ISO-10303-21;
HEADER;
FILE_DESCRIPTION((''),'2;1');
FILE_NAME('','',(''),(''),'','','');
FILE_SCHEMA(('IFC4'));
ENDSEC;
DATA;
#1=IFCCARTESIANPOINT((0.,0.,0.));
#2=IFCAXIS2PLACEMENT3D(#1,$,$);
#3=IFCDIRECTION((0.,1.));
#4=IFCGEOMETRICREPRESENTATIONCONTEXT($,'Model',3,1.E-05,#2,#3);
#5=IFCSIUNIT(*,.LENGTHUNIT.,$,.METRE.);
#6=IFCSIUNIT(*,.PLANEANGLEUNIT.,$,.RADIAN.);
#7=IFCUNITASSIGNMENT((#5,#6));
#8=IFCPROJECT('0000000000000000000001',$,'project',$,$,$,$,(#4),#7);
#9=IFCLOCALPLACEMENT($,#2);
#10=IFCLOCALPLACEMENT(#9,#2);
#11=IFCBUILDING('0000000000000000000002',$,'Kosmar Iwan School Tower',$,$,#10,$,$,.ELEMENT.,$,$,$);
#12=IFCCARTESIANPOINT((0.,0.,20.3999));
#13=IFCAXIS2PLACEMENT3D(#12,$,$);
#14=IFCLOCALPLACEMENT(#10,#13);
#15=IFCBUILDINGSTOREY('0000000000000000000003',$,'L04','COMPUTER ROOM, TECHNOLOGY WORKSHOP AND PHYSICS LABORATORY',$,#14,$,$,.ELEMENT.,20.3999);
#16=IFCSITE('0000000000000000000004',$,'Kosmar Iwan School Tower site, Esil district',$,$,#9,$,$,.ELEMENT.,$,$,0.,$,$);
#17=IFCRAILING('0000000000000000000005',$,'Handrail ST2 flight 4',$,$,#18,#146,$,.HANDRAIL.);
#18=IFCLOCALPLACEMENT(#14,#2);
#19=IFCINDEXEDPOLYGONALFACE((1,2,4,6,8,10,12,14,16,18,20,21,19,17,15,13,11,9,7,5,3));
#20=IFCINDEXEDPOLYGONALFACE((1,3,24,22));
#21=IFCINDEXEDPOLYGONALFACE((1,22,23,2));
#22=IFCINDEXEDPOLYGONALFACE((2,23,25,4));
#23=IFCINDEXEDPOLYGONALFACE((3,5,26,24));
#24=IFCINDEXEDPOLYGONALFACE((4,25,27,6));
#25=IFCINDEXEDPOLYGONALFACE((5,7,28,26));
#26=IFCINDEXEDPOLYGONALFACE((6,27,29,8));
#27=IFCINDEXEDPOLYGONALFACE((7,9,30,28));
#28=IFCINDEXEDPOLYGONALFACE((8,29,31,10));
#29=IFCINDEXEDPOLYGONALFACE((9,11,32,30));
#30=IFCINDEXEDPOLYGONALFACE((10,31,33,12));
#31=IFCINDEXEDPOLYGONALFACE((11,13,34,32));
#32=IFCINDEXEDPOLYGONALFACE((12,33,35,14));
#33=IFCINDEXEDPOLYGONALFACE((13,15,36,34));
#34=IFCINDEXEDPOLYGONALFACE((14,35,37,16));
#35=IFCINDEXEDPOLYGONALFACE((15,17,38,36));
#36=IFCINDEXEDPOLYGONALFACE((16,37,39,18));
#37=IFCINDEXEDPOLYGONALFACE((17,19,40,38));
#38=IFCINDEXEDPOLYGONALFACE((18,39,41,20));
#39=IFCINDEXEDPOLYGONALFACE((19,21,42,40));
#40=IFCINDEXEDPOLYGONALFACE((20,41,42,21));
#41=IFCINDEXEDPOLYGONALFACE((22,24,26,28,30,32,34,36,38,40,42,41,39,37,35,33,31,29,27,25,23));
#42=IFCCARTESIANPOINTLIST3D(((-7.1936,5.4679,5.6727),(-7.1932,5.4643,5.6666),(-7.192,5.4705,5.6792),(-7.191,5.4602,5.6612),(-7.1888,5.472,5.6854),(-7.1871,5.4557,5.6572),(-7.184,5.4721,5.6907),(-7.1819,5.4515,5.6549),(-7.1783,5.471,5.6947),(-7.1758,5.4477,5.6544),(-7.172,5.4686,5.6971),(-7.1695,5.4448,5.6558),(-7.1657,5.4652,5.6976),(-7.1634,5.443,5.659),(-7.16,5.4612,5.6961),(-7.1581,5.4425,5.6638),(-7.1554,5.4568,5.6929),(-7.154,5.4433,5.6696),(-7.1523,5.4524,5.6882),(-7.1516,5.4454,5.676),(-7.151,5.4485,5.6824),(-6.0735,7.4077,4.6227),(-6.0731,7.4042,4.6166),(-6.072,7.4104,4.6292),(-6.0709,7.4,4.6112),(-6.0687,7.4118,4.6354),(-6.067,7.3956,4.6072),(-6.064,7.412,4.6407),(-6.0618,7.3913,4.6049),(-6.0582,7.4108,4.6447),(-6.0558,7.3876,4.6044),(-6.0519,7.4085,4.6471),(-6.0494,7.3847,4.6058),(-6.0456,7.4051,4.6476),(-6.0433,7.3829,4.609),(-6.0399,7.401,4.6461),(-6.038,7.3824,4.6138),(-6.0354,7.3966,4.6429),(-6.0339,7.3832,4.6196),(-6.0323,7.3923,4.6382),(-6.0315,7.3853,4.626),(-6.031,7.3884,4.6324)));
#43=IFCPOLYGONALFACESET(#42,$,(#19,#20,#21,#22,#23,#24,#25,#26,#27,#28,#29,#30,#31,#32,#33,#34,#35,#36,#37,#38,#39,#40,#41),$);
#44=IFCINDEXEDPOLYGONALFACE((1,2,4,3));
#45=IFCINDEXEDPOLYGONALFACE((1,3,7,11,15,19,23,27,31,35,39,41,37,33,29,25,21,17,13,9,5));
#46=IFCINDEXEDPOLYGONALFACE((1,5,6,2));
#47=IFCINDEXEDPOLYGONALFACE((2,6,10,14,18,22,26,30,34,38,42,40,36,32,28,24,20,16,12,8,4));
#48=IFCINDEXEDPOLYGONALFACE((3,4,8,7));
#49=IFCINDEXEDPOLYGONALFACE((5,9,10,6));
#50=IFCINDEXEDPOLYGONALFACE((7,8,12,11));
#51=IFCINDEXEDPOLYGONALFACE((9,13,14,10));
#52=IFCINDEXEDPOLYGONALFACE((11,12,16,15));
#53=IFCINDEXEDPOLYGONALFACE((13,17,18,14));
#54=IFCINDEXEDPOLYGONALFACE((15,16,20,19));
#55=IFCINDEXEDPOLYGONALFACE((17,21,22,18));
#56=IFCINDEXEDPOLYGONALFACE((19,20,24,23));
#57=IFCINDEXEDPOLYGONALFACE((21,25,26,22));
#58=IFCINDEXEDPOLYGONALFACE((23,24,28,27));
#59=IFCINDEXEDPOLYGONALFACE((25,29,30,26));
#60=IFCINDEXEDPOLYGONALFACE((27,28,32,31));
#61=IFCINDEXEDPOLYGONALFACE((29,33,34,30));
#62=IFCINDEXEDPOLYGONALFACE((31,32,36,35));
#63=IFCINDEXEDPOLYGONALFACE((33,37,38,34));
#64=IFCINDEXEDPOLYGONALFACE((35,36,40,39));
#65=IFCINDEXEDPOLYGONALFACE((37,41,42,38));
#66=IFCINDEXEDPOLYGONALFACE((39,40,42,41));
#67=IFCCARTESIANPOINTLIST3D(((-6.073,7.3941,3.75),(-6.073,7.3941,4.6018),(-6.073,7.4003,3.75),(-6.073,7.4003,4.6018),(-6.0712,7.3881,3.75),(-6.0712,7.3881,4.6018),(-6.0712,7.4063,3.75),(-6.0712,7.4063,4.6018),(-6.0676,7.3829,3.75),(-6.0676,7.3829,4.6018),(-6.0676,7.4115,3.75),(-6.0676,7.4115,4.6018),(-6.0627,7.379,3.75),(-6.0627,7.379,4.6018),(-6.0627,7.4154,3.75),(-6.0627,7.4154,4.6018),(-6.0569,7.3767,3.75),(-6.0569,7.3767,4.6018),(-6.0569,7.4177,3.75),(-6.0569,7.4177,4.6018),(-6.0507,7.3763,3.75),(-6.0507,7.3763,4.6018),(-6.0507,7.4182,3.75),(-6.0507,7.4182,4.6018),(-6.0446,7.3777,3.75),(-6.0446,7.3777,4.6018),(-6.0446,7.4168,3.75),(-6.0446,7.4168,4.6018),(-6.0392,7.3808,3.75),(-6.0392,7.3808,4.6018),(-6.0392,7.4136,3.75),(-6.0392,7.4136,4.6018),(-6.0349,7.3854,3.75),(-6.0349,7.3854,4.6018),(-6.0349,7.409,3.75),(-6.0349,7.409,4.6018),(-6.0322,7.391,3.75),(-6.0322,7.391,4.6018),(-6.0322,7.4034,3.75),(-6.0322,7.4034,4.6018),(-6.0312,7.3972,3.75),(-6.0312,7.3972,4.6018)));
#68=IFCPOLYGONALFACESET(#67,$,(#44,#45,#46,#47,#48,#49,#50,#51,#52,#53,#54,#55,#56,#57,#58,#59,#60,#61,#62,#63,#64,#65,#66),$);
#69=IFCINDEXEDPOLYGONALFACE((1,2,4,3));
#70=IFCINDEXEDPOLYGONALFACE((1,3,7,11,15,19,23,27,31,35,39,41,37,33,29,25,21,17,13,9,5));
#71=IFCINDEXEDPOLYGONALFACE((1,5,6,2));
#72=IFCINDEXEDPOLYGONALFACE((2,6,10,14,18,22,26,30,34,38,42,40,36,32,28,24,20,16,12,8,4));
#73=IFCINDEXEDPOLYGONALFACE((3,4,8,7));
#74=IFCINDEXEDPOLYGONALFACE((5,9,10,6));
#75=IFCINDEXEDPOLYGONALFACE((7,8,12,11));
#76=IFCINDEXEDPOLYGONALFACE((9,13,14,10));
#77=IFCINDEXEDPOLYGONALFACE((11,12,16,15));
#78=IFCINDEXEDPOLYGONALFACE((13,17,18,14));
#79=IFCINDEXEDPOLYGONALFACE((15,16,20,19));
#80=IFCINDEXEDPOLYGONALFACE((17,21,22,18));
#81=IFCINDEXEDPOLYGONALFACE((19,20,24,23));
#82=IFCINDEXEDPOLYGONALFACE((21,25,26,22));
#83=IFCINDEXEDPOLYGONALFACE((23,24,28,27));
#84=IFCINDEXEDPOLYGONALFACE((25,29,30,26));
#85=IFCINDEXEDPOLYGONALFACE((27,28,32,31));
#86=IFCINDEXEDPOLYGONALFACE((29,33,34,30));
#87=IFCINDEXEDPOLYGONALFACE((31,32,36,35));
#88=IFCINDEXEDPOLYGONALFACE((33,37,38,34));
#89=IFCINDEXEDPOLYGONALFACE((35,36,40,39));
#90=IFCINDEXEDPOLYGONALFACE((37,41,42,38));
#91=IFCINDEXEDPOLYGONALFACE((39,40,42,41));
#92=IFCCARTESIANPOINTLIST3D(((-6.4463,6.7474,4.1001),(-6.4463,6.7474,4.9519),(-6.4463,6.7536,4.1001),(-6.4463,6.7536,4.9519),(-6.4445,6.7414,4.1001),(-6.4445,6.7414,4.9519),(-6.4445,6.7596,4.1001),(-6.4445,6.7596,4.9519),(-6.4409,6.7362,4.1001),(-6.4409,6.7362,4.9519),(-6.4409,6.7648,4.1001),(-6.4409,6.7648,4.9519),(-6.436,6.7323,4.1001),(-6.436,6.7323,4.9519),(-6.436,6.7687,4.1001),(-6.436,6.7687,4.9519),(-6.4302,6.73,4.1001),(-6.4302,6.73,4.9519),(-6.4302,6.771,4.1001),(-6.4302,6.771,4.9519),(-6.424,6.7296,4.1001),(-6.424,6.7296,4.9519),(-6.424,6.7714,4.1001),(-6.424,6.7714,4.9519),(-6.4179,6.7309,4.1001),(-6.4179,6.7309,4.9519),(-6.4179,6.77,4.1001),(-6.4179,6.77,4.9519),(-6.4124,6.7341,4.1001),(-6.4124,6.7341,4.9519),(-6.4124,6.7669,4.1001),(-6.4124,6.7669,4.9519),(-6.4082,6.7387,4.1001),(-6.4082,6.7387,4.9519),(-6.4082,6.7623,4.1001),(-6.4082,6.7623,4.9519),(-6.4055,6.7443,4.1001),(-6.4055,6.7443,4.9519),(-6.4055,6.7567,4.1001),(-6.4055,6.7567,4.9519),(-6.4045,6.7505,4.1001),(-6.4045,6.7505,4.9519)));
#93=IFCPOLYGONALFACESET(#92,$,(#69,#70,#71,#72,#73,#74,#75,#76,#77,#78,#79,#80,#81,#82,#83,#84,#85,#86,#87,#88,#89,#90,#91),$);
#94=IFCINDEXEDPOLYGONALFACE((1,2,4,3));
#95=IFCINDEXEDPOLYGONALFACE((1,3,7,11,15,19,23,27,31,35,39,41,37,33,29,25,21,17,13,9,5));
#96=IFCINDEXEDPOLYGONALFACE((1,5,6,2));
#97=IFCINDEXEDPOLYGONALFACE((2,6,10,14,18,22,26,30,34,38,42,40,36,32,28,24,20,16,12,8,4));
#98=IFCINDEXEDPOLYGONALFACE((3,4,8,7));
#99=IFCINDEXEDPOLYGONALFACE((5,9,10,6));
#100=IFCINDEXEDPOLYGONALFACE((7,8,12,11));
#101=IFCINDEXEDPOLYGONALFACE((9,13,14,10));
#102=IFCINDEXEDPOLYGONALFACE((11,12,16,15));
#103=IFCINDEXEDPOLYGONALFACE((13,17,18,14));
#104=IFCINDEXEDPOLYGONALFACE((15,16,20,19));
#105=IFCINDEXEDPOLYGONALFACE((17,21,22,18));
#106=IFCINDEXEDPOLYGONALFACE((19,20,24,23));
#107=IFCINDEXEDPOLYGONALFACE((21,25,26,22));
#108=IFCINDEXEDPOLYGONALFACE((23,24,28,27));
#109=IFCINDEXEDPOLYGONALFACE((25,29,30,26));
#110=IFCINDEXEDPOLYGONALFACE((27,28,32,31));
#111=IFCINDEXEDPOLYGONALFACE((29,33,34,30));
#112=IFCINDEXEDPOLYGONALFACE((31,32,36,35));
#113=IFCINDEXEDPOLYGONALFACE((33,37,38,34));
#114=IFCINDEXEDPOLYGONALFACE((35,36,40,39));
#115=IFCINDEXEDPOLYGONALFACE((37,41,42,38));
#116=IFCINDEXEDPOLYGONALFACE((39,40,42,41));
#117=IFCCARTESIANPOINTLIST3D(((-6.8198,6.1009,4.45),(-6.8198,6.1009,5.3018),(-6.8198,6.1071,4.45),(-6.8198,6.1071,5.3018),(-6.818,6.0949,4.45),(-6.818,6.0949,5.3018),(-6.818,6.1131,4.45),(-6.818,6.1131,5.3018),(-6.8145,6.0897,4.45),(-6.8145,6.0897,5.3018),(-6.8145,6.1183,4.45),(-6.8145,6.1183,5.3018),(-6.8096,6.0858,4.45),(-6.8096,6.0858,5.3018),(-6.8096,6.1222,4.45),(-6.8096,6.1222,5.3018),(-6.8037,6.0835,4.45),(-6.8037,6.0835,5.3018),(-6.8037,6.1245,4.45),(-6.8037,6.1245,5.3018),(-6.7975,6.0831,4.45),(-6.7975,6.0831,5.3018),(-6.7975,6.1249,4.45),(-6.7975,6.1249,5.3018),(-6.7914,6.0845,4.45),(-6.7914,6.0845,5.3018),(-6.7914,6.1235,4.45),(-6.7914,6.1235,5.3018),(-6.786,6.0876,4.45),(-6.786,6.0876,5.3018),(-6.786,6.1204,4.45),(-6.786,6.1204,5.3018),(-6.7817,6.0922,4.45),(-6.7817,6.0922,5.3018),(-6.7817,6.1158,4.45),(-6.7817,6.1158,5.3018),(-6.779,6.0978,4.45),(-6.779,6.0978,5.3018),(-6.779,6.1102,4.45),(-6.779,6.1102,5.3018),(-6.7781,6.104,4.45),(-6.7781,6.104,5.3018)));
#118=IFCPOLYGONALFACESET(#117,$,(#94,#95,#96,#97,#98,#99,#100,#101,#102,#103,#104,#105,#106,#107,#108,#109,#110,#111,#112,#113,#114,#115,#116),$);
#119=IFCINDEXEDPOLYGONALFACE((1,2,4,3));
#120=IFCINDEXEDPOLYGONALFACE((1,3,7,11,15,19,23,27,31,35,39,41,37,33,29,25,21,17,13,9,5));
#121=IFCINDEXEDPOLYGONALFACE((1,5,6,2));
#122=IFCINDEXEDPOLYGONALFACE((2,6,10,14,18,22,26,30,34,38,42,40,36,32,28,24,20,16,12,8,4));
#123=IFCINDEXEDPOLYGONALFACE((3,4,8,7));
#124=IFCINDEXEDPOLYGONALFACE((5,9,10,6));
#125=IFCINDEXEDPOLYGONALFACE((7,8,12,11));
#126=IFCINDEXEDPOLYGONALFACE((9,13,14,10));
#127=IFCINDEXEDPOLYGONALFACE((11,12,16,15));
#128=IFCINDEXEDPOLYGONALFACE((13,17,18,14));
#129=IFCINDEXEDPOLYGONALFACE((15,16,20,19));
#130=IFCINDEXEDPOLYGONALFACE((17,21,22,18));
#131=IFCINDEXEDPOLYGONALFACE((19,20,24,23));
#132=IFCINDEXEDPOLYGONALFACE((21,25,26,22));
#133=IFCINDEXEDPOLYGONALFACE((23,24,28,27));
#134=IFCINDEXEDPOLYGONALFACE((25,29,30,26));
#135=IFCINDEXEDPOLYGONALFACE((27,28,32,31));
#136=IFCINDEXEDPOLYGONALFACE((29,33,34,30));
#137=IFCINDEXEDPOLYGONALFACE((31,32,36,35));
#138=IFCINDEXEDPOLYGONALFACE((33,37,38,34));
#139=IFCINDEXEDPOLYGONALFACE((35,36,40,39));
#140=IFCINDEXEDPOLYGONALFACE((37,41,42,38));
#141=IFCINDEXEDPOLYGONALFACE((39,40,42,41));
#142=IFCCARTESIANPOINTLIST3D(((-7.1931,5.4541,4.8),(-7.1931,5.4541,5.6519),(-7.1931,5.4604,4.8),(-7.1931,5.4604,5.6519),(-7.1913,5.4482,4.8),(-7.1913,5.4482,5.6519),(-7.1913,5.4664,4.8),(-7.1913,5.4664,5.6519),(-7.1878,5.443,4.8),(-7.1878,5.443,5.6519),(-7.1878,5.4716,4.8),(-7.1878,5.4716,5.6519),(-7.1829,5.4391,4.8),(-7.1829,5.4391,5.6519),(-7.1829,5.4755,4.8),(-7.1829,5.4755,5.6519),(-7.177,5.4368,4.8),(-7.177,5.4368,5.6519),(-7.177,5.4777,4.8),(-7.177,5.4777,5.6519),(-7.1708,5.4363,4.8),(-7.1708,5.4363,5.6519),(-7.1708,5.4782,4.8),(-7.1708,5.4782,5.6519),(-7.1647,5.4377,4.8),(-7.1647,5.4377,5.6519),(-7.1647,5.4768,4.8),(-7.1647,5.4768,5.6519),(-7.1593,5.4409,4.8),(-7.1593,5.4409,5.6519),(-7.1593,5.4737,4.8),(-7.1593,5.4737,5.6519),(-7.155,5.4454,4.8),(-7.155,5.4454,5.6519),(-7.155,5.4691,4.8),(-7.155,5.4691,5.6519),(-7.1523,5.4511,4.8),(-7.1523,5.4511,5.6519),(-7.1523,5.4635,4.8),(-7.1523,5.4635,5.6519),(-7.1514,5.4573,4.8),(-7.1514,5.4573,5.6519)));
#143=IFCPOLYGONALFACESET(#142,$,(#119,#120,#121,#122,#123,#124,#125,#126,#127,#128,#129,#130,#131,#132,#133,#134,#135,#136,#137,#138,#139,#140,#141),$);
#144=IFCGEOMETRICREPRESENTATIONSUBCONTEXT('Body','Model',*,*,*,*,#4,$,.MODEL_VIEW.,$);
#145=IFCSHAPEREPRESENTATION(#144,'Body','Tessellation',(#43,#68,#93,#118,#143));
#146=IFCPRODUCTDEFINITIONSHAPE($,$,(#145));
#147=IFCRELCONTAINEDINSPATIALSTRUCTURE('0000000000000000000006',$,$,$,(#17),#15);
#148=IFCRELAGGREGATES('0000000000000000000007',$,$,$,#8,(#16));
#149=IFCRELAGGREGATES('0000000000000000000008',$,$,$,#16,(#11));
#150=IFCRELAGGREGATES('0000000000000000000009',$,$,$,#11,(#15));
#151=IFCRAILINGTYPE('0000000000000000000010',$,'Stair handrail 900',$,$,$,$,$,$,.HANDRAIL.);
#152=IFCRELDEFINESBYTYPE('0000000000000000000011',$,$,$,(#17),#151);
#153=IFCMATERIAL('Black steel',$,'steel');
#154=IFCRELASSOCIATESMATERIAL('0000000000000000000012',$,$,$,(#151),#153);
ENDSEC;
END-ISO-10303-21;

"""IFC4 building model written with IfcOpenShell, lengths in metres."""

from ifc_helpers import new_model, si_unit, direction, frame, origin, origin_2d, place, context, subcontext, project, spatial, circle, extrude, material, type_object, element, save


model = new_model("IFC4")

# Units and contexts
model_context = context("Model", 3, precision=1e-05, world=origin(), true_north=direction((0.0, 1.0)))
body_context = subcontext(model_context, "Body", "Model", "MODEL_VIEW")
ifc_project = project(units=[si_unit("LENGTHUNIT", "METRE"), si_unit("PLANEANGLEUNIT", "RADIAN")], contexts=[model_context])

# Site, building, storey
site_placement = place(None, origin())
site = spatial("IfcSite", under=ifc_project, at=site_placement, Name="Kosmar Iwan School Tower site, Esil district", CompositionType="ELEMENT", RefElevation=0.0)
building_placement = place(site_placement, origin())
building = spatial("IfcBuilding", under=site, at=building_placement, Name="Kosmar Iwan School Tower", CompositionType="ELEMENT")
storey_placement = place(building_placement, frame((0.0, 0.0, 20.3999)))
storey = spatial("IfcBuildingStorey", under=building, at=storey_placement, Name="L04", Description="COMPUTER ROOM, TECHNOLOGY WORKSHOP AND PHYSICS LABORATORY", CompositionType="ELEMENT", Elevation=20.3999)

# Railing
ifc_material_1 = material(Name="Black steel", Category="steel")
railing_type = type_object("IfcRailingType", Name="Stair handrail 900", PredefinedType="HANDRAIL", material=ifc_material_1)
for number, where, name in (
    (1, (-6.0522, 7.3972, 3.75), "Handrail ST2 flight 4"),
):
    element("IfcRailing", number, at=place(storey_placement, frame(where)), inside=storey, type_object=railing_type, Name=name, PredefinedType="HANDRAIL", context=body_context, shape_type="SweptSolid", body=[
        extrude(circle(Radius=0.0239, at=origin_2d()), frame((0.0, 0.0, 0.876), z_axis=(-0.452757, -0.784134, 0.424435), x_axis=(0.866008, -0.500031, 0.0)), (0.0, 0.0, 1.0), 2.4739),
        extrude(circle(Radius=0.021, at=origin_2d()), origin(), (0.0, 0.0, 1.0), 0.8518),
        extrude(circle(Radius=0.021, at=origin_2d()), frame((-0.3733, -0.6467, 0.3501)), (0.0, 0.0, 1.0), 0.8518),
        extrude(circle(Radius=0.021, at=origin_2d()), frame((-0.7468, -1.2932, 0.7)), (0.0, 0.0, 1.0), 0.8518),
        extrude(circle(Radius=0.021, at=origin_2d()), frame((-1.1201, -1.9399, 1.05)), (0.0, 0.0, 1.0), 0.8518),
    ])

save(model, "model.ifc")
